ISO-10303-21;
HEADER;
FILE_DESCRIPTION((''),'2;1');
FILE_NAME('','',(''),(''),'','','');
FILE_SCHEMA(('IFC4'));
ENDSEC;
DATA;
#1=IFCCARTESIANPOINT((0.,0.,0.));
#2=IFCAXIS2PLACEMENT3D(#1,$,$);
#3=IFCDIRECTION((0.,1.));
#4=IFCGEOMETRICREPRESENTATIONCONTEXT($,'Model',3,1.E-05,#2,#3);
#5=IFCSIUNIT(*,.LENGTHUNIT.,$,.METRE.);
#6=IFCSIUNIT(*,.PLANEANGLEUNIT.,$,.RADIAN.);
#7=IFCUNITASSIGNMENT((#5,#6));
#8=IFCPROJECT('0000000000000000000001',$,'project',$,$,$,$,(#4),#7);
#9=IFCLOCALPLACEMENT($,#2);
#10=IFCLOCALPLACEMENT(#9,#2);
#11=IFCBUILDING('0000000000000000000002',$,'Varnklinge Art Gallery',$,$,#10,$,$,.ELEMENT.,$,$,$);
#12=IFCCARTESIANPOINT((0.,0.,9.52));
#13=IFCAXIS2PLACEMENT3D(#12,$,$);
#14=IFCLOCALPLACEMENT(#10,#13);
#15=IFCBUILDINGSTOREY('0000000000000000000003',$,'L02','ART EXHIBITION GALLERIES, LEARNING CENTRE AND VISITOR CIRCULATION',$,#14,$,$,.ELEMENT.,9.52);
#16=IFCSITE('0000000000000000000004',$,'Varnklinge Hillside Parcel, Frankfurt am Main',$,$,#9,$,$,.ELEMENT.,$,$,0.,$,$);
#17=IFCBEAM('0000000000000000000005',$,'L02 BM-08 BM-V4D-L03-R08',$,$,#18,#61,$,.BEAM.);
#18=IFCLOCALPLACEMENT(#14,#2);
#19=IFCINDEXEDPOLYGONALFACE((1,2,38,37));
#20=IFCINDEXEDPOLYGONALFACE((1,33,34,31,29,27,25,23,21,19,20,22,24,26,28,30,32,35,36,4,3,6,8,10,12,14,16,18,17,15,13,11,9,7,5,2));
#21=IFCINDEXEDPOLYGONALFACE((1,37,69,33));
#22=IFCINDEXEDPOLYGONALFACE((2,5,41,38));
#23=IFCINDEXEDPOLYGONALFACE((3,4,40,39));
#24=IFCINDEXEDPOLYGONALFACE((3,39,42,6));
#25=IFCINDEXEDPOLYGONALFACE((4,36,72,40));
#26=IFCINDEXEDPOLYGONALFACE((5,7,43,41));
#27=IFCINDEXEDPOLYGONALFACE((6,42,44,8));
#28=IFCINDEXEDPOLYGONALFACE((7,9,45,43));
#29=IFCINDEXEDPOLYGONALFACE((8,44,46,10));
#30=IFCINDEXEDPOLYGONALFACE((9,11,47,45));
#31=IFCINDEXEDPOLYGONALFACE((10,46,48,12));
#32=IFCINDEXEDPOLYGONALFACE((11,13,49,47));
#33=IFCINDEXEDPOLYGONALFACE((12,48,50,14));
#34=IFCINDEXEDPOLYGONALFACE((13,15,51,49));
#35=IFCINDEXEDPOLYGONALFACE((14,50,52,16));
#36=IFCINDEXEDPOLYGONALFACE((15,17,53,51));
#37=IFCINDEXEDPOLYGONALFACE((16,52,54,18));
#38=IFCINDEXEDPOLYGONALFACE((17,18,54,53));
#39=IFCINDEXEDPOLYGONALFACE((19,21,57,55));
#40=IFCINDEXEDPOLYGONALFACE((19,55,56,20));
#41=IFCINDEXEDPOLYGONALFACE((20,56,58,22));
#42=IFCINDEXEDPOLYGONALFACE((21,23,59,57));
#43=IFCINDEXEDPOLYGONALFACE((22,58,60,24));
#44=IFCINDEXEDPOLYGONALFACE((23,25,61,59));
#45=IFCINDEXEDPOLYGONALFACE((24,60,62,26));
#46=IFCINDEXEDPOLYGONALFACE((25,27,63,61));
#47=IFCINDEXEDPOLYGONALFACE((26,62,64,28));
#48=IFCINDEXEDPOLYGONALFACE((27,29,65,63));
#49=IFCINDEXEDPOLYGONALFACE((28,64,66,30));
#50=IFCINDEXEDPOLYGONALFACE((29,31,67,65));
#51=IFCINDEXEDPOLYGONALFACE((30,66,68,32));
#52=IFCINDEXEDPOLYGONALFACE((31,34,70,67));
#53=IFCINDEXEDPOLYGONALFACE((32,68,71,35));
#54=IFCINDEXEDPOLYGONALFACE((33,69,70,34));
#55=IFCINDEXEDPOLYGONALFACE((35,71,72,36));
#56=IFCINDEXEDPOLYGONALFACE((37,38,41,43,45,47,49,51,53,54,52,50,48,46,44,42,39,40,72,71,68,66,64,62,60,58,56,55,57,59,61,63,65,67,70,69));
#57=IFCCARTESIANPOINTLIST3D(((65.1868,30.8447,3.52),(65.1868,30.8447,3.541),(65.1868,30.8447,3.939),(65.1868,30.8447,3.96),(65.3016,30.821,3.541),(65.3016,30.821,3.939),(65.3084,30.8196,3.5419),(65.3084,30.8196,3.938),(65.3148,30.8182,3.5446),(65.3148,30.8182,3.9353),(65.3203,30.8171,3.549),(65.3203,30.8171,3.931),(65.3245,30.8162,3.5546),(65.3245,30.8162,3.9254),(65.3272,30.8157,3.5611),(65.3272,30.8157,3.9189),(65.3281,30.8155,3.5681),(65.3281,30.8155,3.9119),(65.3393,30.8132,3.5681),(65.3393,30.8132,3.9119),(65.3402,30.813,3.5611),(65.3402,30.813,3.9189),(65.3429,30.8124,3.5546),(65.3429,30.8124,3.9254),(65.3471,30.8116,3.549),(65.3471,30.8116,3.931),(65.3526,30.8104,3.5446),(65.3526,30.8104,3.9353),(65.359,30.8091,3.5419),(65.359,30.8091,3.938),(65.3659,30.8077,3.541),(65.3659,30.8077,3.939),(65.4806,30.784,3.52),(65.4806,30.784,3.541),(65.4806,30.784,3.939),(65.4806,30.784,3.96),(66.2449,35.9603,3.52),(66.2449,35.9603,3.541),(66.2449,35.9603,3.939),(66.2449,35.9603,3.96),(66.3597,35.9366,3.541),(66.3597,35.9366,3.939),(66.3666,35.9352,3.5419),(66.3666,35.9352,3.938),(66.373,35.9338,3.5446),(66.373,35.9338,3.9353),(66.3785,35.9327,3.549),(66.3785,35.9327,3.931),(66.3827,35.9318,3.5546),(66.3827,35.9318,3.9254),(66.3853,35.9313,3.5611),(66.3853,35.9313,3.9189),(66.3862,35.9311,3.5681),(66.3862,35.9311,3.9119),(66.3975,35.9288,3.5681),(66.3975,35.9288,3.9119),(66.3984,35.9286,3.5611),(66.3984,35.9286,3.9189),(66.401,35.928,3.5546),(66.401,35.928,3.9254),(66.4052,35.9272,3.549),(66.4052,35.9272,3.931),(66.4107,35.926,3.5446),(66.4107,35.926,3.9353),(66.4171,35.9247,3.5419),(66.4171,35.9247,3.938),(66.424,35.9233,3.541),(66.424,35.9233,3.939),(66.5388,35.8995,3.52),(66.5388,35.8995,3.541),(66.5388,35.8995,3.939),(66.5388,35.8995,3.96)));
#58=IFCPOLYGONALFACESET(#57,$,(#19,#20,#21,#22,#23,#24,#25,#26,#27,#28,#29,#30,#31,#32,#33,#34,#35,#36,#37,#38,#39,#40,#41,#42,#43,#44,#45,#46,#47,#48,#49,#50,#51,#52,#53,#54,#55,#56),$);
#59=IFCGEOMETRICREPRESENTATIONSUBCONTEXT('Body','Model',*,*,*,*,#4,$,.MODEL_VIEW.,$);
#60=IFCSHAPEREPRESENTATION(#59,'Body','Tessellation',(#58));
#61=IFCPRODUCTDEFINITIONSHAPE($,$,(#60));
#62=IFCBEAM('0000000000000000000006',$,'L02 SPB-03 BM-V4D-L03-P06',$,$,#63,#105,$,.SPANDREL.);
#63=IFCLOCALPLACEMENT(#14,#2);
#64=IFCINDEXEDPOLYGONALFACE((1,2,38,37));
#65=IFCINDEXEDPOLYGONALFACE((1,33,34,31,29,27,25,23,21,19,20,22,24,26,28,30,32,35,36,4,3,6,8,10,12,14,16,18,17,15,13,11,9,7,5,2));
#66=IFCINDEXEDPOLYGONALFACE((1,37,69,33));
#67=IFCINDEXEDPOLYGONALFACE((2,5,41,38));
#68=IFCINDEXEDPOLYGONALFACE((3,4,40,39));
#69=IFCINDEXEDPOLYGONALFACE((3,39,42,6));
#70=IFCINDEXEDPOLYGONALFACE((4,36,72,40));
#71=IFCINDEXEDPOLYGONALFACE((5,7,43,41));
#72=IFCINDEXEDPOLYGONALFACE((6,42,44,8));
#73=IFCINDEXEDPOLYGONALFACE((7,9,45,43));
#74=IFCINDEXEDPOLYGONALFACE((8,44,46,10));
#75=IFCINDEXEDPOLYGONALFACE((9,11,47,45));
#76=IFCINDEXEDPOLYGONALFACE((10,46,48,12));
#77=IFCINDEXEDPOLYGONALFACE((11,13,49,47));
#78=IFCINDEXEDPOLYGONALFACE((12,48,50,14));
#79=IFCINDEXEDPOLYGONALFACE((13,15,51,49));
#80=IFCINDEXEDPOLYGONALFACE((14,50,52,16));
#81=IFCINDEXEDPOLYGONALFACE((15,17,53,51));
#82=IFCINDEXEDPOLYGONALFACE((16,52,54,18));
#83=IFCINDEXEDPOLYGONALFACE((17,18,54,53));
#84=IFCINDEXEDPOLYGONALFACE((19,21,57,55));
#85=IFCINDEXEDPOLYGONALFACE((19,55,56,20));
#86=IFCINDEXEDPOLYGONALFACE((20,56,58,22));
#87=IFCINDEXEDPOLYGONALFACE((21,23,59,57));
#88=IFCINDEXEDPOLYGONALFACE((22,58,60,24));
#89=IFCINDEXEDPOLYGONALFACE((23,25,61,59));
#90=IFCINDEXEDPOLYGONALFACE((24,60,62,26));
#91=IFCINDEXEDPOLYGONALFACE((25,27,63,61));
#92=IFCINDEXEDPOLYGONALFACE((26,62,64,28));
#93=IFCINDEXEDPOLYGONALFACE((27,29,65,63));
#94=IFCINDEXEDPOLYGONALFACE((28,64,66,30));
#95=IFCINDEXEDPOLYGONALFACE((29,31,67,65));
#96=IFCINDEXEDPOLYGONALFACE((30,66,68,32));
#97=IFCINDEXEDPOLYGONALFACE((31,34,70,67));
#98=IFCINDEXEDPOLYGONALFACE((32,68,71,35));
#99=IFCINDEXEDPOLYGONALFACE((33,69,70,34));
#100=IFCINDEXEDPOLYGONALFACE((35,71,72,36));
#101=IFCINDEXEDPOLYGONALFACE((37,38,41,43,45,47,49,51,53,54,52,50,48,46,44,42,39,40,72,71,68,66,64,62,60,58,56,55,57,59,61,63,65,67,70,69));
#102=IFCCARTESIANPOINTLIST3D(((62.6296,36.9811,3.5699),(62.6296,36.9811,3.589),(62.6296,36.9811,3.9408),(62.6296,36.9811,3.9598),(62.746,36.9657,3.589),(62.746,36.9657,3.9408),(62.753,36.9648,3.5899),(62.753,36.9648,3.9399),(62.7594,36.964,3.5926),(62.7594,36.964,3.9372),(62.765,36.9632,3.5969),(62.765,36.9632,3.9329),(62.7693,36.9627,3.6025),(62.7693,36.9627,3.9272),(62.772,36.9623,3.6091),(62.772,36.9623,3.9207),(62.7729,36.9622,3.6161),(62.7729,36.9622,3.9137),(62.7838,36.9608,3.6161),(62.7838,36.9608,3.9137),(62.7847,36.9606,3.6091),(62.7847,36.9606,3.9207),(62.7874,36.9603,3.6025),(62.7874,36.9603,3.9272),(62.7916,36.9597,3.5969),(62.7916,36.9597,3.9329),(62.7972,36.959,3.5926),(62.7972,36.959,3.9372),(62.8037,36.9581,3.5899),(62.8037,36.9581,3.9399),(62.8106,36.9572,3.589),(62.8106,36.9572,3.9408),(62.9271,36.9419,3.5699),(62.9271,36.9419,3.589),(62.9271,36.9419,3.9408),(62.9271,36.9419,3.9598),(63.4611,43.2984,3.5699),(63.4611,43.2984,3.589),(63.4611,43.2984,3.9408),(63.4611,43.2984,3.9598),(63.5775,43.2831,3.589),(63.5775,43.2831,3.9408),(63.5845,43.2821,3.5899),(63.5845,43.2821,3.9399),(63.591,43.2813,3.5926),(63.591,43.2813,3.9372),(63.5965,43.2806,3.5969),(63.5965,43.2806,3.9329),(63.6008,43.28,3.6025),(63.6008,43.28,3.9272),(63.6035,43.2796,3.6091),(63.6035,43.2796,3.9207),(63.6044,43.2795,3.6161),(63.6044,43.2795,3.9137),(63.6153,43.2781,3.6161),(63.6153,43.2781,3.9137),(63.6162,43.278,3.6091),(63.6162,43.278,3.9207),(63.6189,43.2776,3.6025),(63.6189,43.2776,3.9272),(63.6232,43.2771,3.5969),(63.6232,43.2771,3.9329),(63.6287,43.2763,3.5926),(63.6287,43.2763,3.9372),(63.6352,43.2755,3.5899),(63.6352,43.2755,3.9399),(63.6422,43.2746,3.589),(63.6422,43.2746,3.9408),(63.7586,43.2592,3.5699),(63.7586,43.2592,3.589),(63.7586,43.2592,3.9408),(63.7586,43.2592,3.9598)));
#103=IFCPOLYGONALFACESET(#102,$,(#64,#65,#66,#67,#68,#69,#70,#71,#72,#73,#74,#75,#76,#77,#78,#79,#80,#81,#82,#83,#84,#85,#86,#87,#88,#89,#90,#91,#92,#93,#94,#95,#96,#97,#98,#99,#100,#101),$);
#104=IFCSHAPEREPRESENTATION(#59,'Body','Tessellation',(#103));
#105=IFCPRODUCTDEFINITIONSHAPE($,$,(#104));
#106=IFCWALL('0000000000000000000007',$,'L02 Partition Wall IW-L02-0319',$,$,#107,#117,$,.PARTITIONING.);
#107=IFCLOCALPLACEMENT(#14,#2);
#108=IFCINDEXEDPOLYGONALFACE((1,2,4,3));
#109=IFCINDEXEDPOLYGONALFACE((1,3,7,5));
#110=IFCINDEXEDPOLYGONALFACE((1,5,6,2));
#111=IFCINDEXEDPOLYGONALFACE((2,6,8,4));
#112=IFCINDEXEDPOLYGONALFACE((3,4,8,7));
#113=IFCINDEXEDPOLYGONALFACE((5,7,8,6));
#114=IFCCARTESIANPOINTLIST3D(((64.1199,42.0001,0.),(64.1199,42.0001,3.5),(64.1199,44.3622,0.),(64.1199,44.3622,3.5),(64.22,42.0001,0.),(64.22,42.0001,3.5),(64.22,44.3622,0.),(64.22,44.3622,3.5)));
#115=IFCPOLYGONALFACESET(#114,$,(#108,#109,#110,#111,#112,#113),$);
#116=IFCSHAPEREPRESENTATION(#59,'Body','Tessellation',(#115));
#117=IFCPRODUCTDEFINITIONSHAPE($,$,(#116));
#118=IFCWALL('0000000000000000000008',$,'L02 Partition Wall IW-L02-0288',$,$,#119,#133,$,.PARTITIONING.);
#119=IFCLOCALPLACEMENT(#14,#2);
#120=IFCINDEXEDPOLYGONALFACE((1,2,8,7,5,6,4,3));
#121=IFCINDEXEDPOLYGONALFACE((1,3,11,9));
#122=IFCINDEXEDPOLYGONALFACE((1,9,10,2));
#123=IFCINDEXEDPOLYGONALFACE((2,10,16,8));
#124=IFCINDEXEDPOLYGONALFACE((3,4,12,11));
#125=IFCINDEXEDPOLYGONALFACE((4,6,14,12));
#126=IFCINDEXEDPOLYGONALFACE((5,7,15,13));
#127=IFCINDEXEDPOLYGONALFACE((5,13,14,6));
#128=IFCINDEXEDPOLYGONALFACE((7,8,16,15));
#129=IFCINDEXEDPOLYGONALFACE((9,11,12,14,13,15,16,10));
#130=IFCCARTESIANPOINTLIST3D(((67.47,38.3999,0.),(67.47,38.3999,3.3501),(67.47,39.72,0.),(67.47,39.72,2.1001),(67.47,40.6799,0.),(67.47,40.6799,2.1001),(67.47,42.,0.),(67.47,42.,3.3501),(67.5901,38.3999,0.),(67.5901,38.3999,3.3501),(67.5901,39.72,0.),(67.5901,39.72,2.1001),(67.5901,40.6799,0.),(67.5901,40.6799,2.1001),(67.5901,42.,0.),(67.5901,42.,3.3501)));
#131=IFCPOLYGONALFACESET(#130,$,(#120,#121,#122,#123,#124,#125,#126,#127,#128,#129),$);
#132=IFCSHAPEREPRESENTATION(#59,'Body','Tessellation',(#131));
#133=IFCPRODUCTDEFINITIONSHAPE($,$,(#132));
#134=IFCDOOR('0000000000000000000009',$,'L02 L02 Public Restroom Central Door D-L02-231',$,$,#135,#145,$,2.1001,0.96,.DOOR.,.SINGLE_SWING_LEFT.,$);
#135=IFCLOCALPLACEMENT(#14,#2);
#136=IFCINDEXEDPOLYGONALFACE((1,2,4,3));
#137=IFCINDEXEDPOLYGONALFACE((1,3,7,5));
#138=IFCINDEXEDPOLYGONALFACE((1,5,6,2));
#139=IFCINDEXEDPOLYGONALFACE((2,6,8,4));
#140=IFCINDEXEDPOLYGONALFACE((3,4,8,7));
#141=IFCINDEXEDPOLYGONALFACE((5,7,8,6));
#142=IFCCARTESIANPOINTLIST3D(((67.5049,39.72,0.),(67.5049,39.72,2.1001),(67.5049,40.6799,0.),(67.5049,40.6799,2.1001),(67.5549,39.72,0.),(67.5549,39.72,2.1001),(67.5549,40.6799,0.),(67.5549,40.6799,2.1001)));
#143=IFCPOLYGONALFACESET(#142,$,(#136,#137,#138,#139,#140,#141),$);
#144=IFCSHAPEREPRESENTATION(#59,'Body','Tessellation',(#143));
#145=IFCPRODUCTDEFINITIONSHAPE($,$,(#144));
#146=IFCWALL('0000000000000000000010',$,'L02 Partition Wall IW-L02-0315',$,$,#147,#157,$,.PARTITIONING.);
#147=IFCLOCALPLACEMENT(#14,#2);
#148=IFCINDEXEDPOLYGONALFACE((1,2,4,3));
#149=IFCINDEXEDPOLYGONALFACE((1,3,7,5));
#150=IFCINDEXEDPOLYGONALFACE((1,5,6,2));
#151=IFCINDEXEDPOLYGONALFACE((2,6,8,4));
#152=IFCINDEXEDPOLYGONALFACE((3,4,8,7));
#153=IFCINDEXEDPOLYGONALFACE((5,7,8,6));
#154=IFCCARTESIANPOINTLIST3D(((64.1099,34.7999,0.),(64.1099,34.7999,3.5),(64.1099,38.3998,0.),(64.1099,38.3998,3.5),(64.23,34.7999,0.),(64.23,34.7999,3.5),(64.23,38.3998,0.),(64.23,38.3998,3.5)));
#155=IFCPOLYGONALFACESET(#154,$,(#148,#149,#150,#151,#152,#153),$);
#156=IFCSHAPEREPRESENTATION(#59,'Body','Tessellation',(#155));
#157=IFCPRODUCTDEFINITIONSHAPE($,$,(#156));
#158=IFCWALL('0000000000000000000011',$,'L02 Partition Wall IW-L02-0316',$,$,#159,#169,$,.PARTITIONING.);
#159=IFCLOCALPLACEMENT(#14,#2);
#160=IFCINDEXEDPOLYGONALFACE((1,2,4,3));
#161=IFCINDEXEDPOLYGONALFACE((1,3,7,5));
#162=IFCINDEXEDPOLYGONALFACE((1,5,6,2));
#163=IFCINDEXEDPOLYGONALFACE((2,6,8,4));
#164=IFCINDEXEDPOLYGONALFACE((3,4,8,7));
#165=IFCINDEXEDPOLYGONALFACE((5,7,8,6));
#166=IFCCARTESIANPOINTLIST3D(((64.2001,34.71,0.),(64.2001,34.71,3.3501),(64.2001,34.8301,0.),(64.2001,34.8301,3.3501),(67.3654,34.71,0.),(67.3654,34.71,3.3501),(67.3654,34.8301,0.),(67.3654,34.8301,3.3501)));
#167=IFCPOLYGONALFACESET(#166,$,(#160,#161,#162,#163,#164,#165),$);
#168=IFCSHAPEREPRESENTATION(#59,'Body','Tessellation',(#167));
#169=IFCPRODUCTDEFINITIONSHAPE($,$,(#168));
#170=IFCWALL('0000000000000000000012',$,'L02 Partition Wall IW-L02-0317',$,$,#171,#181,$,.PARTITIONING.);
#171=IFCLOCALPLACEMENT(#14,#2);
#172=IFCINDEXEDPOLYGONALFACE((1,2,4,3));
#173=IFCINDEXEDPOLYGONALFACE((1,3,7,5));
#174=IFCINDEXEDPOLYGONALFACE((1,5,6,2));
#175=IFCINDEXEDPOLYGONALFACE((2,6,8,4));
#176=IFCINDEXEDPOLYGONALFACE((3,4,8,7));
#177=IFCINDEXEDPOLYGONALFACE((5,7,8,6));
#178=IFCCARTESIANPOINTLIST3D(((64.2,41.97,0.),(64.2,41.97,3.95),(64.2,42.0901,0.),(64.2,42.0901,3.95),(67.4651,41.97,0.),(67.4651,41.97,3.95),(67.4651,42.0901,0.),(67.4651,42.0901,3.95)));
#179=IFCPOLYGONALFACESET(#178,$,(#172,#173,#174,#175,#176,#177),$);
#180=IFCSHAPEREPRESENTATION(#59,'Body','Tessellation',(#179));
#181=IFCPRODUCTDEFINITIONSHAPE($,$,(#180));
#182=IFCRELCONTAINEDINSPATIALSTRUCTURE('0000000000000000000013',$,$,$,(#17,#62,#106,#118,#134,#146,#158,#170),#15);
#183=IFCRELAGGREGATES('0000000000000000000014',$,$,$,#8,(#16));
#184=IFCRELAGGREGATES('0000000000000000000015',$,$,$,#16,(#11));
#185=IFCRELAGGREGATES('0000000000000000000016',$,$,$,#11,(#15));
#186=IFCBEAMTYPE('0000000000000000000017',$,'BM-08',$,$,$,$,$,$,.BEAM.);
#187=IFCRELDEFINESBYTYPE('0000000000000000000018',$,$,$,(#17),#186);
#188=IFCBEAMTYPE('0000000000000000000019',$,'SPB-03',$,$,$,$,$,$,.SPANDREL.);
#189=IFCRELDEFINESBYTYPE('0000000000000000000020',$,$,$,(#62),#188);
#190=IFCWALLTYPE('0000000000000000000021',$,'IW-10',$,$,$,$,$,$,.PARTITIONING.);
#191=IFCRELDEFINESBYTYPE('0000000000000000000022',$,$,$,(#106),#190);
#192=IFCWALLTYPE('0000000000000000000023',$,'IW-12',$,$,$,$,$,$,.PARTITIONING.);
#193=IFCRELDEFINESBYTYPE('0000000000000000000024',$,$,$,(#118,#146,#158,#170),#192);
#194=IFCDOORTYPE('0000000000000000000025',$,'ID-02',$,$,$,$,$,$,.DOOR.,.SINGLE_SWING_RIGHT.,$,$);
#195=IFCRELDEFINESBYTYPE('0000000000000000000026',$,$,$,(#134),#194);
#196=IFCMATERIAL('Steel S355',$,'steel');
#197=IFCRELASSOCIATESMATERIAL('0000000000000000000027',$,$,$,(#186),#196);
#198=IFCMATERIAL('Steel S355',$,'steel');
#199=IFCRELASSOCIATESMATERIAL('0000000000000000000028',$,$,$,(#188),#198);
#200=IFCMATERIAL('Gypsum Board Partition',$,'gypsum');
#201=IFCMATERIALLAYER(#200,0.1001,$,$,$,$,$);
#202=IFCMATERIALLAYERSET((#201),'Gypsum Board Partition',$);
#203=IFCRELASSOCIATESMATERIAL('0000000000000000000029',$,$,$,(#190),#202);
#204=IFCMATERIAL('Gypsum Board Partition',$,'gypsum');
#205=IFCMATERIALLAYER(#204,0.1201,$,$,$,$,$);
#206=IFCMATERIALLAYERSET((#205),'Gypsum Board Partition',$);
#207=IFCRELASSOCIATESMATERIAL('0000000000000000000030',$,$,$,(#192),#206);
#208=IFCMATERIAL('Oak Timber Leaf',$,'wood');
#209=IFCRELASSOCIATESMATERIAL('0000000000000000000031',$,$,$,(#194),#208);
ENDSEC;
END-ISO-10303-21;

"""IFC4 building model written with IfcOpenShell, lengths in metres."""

from ifc_helpers import new_model, si_unit, direction, frame, frame_2d, origin, origin_2d, place, context, subcontext, project, spatial, rectangle, i_section, extrude, material, layer, layer_set, material_profile, profile_set, type_object, element, fill, save


model = new_model("IFC4")

# Units and contexts
model_context = context("Model", 3, precision=1e-05, world=origin(), true_north=direction((0.0, 1.0)))
body_context = subcontext(model_context, "Body", "Model", "MODEL_VIEW")
ifc_project = project(units=[si_unit("LENGTHUNIT", "METRE"), si_unit("PLANEANGLEUNIT", "RADIAN")], contexts=[model_context])

# Site, building, storey
site_placement = place(None, origin())
site = spatial("IfcSite", under=ifc_project, at=site_placement, Name="Varnklinge Hillside Parcel, Frankfurt am Main", CompositionType="ELEMENT", RefElevation=0.0)
building_placement = place(site_placement, origin())
building = spatial("IfcBuilding", under=site, at=building_placement, Name="Varnklinge Art Gallery", CompositionType="ELEMENT")
storey_placement = place(building_placement, frame((0.0, 0.0, 9.52)))
storey = spatial("IfcBuildingStorey", under=building, at=storey_placement, Name="L02", Description="ART EXHIBITION GALLERIES, LEARNING CENTRE AND VISITOR CIRCULATION", CompositionType="ELEMENT", Elevation=9.52)

# Beams
ifc_material_1 = material(Name="Steel S355", Category="steel")
ifc_material_profile_1 = material_profile(ifc_material_1, i_section(OverallWidth=0.3, OverallDepth=0.4399, WebThickness=0.0115, FlangeThickness=0.021, FilletRadius=0.0271, at=origin_2d()), Name="HEA 450")
ifc_profile_set_1 = profile_set([ifc_material_profile_1], Name="Steel S355")
beam_type_1 = type_object("IfcBeamType", Name="BM-08", PredefinedType="BEAM", material=ifc_profile_set_1)
beam_1_placement = place(storey_placement, frame((66.3918, 35.9299, 3.74), z_axis=(-0.202556, -0.979271, 0.0), x_axis=(0.979271, -0.202556, 0.0)))
element("IfcBeam", 1, at=beam_1_placement, inside=storey, type_object=beam_type_1, Name="L02 BM-08 BM-V4D-L03-R08", PredefinedType="BEAM", context=body_context, shape_type="SweptSolid", body=[
    extrude(i_section(OverallWidth=0.3, OverallDepth=0.4399, WebThickness=0.0115, FlangeThickness=0.021, FilletRadius=0.0271, at=origin_2d()), origin(), (0.0, 0.0, 1.0), 5.2239),
])
ifc_material_2 = material(Name="Steel S355", Category="steel")
ifc_material_profile_2 = material_profile(ifc_material_2, i_section(OverallWidth=0.3, OverallDepth=0.3899, WebThickness=0.011, FlangeThickness=0.019, FilletRadius=0.0271, at=origin_2d()), Name="HEA 400")
ifc_profile_set_2 = profile_set([ifc_material_profile_2], Name="Steel S355")
beam_type_2 = type_object("IfcBeamType", Name="SPB-03", PredefinedType="SPANDREL", material=ifc_profile_set_2)
beam_2_placement = place(storey_placement, frame((63.6099, 43.2788, 3.7649), z_axis=(-0.130502, -0.991448, 0.0), x_axis=(0.991448, -0.130502, 0.0)))
element("IfcBeam", 2, at=beam_2_placement, inside=storey, type_object=beam_type_2, Name="L02 SPB-03 BM-V4D-L03-P06", PredefinedType="SPANDREL", context=body_context, shape_type="SweptSolid", body=[
    extrude(i_section(OverallWidth=0.3, OverallDepth=0.3899, WebThickness=0.011, FlangeThickness=0.019, FilletRadius=0.0271, at=origin_2d()), origin(), (0.0, 0.0, 1.0), 6.3718),
])

# Wall
ifc_material_3 = material(Name="Gypsum Board Partition", Category="gypsum")
ifc_layer_1 = layer(ifc_material_3, 0.1001)
ifc_layer_set_1 = layer_set([ifc_layer_1], Name="Gypsum Board Partition")
wall_type_1 = type_object("IfcWallType", Name="IW-10", PredefinedType="PARTITIONING", material=ifc_layer_set_1)
wall_1_placement = place(storey_placement, frame((64.1699, 42.0, 0.0), z_axis=(0.0, 0.0, 1.0), x_axis=(0.0, 1.0, 0.0)))
element("IfcWall", 3, at=wall_1_placement, inside=storey, type_object=wall_type_1, Name="L02 Partition Wall IW-L02-0319", PredefinedType="PARTITIONING", context=body_context, shape_type="SweptSolid", body=[
    extrude(rectangle(XDim=2.3621, YDim=0.1001, at=frame_2d((1.1812, 0.0))), origin(), (0.0, 0.0, 1.0), 3.5),
])

# Wall, opening, door
ifc_material_4 = material(Name="Gypsum Board Partition", Category="gypsum")
ifc_layer_2 = layer(ifc_material_4, 0.1201)
ifc_layer_set_2 = layer_set([ifc_layer_2], Name="Gypsum Board Partition")
wall_type_2 = type_object("IfcWallType", Name="IW-12", PredefinedType="PARTITIONING", material=ifc_layer_set_2)
wall_2_placement = place(storey_placement, frame((67.53, 42.0, 0.0), z_axis=(0.0, 0.0, 1.0), x_axis=(0.0, -1.0, 0.0)))
wall_2 = element("IfcWall", 4, at=wall_2_placement, inside=storey, type_object=wall_type_2, Name="L02 Partition Wall IW-L02-0288", PredefinedType="PARTITIONING", context=body_context, shape_type="SweptSolid", body=[
    extrude(rectangle(XDim=3.6001, YDim=0.1201, at=frame_2d((1.8, 0.0))), origin(), (0.0, 0.0, 1.0), 3.3501),
])
opening_1_placement = place(wall_2_placement, frame((1.3201, 0.0, 0.0)))
opening_1 = element("IfcOpeningElement", 5, at=opening_1_placement, cuts=wall_2, PredefinedType="OPENING", context=body_context, shape_type="SweptSolid", body=[
    extrude(rectangle(XDim=0.96, YDim=2.1001, at=frame_2d((0.48, 1.05))), frame((0.0, 0.0701, 0.0), z_axis=(0.0, -1.0, 0.0), x_axis=(1.0, 0.0, 0.0)), (0.0, 0.0, 1.0), 0.1401),
])
ifc_material_5 = material(Name="Oak Timber Leaf", Category="wood")
door_type_1 = type_object("IfcDoorType", Name="ID-02", OperationType="SINGLE_SWING_RIGHT", PredefinedType="DOOR", material=ifc_material_5)
door_1_placement = place(opening_1_placement, origin())
door_1 = element("IfcDoor", 6, at=door_1_placement, inside=storey, type_object=door_type_1, Name="L02 L02 Public Restroom Central Door D-L02-231", OperationType="SINGLE_SWING_LEFT", OverallHeight=2.1001, OverallWidth=0.96, PredefinedType="DOOR", context=body_context, shape_type="SweptSolid", body=[
    extrude(rectangle(XDim=0.96, YDim=2.1001, at=frame_2d((0.48, 1.05))), frame((0.0, 0.0249, 0.0), z_axis=(0.0, -1.0, 0.0), x_axis=(1.0, 0.0, 0.0)), (0.0, 0.0, 1.0), 0.05),
])
fill(opening_1, door_1)

# Walls
wall_3_placement = place(storey_placement, frame((64.1699, 34.8, 0.0), z_axis=(0.0, 0.0, 1.0), x_axis=(0.0, 1.0, 0.0)))
element("IfcWall", 7, at=wall_3_placement, inside=storey, type_object=wall_type_2, Name="L02 Partition Wall IW-L02-0315", PredefinedType="PARTITIONING", context=body_context, shape_type="SweptSolid", body=[
    extrude(rectangle(XDim=3.5999, YDim=0.1201, at=frame_2d((1.7998, 0.0))), origin(), (0.0, 0.0, 1.0), 3.5),
])
wall_4_placement = place(storey_placement, frame((67.3652, 34.77, 0.0), z_axis=(0.0, 0.0, 1.0), x_axis=(-1.0, 0.0, 0.0)))
element("IfcWall", 8, at=wall_4_placement, inside=storey, type_object=wall_type_2, Name="L02 Partition Wall IW-L02-0316", PredefinedType="PARTITIONING", context=body_context, shape_type="SweptSolid", body=[
    extrude(rectangle(XDim=3.1653, YDim=0.1201, at=frame_2d((1.5825, 0.0))), origin(), (0.0, 0.0, 1.0), 3.3501),
])
wall_5_placement = place(storey_placement, frame((64.2, 42.03, 0.0), z_axis=(0.0, 0.0, 1.0), x_axis=(1.0, 0.0, 0.0)))
element("IfcWall", 9, at=wall_5_placement, inside=storey, type_object=wall_type_2, Name="L02 Partition Wall IW-L02-0317", PredefinedType="PARTITIONING", context=body_context, shape_type="SweptSolid", body=[
    extrude(rectangle(XDim=3.2651, YDim=0.1201, at=frame_2d((1.6326, 0.0))), origin(), (0.0, 0.0, 1.0), 3.95),
])

save(model, "model.ifc")
